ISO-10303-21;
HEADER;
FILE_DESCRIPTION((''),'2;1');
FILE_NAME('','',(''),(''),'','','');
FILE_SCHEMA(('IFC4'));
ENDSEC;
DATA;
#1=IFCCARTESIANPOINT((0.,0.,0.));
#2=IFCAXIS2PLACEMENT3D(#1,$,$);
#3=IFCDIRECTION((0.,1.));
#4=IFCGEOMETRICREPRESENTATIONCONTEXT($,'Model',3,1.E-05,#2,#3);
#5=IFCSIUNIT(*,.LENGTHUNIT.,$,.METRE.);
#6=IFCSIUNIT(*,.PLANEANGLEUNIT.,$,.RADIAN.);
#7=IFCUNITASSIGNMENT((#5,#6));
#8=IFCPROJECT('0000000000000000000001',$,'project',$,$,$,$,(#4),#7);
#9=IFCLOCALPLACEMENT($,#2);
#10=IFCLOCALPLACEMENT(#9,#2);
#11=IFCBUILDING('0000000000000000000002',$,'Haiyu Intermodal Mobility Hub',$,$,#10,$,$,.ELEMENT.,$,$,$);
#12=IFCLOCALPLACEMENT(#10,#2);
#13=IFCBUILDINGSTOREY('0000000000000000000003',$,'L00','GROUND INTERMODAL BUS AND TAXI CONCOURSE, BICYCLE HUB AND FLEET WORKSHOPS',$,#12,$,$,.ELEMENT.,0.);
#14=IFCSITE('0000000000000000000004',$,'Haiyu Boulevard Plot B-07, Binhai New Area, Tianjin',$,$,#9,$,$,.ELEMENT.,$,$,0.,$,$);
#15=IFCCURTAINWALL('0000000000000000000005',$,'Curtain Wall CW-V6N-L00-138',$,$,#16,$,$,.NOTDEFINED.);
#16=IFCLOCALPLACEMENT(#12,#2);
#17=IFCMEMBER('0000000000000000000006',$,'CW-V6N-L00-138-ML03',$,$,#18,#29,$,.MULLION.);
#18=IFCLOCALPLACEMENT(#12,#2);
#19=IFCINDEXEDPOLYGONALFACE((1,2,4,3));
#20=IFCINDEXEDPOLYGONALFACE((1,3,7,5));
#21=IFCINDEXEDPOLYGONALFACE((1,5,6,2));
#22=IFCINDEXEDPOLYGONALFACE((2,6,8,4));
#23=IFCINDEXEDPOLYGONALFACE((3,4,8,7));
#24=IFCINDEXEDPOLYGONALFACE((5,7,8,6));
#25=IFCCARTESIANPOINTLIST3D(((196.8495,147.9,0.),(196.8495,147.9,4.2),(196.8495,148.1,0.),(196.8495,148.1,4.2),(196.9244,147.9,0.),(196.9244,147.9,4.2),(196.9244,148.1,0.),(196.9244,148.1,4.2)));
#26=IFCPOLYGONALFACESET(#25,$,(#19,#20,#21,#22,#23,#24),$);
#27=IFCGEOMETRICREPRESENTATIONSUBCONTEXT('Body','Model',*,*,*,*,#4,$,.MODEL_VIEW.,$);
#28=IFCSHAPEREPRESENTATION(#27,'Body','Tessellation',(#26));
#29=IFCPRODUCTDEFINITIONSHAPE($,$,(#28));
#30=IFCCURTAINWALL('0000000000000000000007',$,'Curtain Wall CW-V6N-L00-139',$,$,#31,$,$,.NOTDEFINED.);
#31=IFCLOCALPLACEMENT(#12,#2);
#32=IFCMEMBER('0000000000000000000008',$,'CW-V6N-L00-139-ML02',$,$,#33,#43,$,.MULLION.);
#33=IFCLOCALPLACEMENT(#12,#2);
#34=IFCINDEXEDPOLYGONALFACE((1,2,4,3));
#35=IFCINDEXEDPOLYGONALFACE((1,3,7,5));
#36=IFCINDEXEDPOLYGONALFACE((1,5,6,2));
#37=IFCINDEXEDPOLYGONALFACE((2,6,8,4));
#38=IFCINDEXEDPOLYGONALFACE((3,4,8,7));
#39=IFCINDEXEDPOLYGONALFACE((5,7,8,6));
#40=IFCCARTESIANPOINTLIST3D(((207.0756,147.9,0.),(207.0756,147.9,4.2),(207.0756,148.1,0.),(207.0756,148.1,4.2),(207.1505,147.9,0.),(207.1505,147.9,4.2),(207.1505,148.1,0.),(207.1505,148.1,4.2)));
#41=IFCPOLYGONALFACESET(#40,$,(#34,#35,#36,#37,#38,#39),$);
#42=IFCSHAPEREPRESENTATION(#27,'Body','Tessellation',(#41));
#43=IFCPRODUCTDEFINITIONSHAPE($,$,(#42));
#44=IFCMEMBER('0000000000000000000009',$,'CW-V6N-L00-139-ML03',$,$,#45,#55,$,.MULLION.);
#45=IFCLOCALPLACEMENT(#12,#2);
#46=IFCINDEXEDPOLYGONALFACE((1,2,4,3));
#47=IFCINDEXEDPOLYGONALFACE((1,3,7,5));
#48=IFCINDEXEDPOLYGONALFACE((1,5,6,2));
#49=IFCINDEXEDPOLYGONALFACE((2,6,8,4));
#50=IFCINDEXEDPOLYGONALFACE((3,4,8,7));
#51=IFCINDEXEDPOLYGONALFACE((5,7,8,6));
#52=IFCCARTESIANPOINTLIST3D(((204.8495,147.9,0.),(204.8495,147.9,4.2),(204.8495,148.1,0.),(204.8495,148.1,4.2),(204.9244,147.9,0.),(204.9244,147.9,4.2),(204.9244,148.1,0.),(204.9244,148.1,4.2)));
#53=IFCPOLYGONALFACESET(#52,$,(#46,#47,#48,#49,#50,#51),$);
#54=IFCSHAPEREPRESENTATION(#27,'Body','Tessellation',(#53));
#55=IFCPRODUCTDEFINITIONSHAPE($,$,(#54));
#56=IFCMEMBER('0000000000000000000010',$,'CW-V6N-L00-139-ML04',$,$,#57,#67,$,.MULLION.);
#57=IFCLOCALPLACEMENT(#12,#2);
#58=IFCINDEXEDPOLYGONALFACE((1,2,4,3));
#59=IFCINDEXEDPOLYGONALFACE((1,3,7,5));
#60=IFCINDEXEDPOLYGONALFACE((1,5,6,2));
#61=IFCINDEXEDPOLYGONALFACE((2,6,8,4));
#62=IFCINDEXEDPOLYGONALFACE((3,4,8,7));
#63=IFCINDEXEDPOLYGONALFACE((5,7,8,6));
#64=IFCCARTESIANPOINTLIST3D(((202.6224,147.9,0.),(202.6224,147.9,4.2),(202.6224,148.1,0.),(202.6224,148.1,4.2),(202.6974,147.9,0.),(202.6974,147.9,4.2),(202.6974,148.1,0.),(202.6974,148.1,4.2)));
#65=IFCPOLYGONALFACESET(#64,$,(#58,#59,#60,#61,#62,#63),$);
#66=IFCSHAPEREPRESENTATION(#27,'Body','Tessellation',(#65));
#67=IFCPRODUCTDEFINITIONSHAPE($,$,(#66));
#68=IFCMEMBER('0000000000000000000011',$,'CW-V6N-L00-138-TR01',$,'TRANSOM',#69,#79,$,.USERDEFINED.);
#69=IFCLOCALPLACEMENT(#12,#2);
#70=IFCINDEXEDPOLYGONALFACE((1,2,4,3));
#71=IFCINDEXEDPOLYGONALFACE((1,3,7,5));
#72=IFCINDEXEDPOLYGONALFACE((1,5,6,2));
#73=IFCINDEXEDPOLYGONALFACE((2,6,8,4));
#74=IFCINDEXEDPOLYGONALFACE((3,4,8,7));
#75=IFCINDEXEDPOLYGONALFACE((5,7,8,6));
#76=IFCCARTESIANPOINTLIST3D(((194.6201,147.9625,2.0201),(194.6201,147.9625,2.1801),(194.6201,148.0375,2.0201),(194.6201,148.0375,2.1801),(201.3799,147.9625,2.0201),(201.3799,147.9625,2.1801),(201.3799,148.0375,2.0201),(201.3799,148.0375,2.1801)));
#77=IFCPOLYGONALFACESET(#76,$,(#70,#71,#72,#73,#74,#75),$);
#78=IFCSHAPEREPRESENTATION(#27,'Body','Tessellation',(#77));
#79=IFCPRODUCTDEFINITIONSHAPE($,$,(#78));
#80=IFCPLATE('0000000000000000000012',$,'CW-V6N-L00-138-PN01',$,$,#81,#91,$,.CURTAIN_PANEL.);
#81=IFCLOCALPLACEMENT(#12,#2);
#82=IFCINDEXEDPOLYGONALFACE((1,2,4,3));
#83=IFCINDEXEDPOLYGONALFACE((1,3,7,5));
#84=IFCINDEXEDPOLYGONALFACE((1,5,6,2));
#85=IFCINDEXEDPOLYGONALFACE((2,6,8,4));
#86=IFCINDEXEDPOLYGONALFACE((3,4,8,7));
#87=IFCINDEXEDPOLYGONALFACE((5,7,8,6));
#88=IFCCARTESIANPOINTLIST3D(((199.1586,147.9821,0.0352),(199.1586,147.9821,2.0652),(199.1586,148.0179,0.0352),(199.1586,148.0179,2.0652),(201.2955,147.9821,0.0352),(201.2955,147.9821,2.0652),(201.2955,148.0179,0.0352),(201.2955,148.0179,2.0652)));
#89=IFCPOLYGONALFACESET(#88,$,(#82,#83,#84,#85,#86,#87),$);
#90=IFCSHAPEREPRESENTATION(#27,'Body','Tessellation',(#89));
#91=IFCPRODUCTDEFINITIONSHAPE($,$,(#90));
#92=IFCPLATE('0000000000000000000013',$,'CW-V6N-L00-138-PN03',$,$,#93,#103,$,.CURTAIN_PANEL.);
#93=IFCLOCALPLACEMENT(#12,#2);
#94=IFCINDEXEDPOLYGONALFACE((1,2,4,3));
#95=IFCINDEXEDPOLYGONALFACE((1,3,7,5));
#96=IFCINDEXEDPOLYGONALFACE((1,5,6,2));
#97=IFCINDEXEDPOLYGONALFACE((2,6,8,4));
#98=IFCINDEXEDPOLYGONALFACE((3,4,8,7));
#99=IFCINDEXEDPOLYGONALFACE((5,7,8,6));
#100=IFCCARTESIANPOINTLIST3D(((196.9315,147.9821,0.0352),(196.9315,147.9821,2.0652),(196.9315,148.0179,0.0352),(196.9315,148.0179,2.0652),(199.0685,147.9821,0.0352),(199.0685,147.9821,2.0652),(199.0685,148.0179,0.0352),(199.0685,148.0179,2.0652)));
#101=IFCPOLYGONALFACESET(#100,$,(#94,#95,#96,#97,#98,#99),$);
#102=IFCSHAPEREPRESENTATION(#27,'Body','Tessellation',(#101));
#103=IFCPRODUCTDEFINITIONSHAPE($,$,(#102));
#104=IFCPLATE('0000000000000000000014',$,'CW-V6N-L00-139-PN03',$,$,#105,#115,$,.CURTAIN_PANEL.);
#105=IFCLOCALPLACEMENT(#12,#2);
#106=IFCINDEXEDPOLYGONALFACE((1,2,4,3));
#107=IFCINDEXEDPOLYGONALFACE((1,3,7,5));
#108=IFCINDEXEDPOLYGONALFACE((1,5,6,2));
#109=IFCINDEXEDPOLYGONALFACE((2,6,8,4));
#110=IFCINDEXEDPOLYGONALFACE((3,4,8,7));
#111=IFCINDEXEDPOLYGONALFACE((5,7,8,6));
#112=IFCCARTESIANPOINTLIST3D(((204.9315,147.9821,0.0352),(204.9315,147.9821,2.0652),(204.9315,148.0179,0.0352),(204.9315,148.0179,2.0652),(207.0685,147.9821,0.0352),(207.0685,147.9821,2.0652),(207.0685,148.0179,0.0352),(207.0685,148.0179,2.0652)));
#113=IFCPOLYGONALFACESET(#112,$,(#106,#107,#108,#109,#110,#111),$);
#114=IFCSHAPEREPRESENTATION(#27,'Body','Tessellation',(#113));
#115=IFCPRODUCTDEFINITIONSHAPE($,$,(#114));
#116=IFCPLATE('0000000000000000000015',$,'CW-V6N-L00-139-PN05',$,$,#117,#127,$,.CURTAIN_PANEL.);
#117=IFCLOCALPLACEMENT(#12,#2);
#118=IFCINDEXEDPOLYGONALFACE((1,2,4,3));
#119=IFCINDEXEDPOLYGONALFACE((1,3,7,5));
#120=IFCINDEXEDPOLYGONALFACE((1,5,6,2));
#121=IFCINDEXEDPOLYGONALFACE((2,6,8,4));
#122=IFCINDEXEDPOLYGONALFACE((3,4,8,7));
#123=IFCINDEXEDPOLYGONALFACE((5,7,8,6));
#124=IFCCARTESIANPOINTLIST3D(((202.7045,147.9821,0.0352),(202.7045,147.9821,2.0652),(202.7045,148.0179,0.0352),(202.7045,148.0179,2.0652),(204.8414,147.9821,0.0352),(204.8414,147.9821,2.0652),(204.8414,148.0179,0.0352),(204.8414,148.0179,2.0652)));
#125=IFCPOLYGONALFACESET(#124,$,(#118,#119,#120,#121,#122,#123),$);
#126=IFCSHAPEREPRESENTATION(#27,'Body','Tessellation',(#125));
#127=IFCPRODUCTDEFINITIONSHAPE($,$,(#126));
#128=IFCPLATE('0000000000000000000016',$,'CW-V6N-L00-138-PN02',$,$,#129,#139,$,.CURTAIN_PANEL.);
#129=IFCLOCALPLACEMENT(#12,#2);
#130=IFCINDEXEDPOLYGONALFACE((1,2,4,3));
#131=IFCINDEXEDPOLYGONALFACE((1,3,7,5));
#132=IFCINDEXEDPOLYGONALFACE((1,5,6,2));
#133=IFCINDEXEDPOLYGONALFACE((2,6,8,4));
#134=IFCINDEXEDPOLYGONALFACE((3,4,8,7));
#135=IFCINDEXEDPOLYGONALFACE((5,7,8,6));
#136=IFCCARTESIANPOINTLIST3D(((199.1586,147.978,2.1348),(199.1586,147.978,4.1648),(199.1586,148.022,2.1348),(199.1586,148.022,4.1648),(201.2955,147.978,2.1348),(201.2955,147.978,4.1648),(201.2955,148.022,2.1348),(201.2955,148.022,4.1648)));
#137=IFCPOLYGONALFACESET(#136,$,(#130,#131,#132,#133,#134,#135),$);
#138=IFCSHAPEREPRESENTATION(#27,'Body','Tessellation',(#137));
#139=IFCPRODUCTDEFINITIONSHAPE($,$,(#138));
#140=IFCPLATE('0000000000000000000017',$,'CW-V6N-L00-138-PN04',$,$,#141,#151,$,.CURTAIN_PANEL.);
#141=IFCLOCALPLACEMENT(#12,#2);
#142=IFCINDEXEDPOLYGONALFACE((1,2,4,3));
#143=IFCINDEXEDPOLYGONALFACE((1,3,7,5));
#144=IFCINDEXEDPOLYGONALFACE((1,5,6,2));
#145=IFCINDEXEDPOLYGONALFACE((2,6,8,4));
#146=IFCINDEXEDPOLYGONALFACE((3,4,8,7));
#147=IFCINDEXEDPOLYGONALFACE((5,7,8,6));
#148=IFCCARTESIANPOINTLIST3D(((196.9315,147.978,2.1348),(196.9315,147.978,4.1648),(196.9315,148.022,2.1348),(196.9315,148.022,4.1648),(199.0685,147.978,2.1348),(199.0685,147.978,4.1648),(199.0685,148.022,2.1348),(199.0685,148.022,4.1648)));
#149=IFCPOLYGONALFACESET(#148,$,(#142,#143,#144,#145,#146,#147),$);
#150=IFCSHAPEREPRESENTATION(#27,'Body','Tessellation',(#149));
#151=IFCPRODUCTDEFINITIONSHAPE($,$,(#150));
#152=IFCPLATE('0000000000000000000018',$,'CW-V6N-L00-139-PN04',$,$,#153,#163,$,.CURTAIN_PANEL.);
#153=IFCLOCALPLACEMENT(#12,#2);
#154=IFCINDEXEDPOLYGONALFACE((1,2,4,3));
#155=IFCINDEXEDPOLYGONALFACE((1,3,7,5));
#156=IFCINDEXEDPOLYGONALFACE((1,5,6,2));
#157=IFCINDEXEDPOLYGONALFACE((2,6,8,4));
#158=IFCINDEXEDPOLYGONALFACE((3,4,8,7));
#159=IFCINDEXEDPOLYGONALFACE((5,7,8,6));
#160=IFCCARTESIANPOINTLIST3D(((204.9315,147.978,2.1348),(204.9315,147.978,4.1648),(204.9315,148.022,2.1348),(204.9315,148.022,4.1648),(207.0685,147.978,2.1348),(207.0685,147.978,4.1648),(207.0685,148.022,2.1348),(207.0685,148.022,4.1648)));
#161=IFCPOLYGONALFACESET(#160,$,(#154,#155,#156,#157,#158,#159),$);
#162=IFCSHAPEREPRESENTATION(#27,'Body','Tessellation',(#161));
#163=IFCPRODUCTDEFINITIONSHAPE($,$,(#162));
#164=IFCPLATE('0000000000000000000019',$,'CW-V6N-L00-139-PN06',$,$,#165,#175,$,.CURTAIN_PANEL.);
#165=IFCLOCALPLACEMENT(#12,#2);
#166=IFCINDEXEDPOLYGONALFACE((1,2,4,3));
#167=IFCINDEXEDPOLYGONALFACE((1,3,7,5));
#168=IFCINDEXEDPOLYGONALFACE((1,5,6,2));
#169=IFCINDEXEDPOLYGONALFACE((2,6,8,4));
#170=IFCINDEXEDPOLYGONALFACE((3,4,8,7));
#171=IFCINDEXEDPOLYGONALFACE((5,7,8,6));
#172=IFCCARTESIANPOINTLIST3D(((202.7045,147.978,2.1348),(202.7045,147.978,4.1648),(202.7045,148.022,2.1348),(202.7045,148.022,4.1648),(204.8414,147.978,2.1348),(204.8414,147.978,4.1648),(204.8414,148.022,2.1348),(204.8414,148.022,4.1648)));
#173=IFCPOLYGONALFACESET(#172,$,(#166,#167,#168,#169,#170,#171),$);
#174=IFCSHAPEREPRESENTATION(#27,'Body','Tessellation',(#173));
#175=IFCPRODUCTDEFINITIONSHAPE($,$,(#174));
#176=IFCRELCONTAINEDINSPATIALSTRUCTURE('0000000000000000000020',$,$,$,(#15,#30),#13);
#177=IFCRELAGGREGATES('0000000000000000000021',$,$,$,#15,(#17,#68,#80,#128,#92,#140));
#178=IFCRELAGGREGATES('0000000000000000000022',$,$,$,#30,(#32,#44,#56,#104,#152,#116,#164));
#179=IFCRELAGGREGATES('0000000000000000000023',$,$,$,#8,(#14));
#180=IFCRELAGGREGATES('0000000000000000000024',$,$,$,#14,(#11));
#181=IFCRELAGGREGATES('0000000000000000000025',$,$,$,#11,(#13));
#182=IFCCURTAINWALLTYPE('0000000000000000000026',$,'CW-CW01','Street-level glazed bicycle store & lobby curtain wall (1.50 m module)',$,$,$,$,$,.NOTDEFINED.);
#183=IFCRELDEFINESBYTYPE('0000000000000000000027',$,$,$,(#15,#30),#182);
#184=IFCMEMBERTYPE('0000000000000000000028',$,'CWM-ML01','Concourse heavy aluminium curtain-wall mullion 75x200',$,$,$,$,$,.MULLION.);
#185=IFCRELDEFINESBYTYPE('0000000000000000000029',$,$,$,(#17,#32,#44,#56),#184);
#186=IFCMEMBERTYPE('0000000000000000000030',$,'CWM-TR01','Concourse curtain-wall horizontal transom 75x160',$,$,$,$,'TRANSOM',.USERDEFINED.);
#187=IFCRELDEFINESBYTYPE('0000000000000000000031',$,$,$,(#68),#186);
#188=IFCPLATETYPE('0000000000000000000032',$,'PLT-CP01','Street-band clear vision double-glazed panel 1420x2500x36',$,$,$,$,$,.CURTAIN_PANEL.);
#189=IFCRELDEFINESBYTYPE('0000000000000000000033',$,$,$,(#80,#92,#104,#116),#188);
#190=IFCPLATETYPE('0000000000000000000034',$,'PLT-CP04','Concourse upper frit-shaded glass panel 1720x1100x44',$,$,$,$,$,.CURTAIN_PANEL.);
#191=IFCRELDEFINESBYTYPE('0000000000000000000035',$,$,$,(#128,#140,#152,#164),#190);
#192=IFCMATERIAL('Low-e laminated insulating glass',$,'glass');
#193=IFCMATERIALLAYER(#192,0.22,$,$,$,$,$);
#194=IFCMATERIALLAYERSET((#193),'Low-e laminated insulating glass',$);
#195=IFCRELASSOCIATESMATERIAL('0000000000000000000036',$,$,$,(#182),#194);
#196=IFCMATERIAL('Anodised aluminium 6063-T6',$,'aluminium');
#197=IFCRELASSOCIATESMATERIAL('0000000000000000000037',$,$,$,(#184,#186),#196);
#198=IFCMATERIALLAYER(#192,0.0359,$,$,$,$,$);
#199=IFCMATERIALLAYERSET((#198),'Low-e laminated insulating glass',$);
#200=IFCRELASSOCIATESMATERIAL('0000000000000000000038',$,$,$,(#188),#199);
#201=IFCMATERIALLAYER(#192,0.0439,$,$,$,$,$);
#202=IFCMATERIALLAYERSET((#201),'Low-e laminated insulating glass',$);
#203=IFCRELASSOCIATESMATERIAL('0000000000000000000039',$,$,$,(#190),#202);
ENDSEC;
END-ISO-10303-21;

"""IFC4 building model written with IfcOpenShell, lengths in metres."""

from ifc_helpers import new_model, si_unit, direction, frame, origin, origin_2d, place, context, subcontext, project, spatial, rectangle, extrude, material, layer, layer_set, material_profile, profile_set, type_object, element, aggregate, save


model = new_model("IFC4")

# Units and contexts
model_context = context("Model", 3, precision=1e-05, world=origin(), true_north=direction((0.0, 1.0)))
body_context = subcontext(model_context, "Body", "Model", "MODEL_VIEW")
ifc_project = project(units=[si_unit("LENGTHUNIT", "METRE"), si_unit("PLANEANGLEUNIT", "RADIAN")], contexts=[model_context])

# Site, building, storey
site_placement = place(None, origin())
site = spatial("IfcSite", under=ifc_project, at=site_placement, Name="Haiyu Boulevard Plot B-07, Binhai New Area, Tianjin", CompositionType="ELEMENT", RefElevation=0.0)
building_placement = place(site_placement, origin())
building = spatial("IfcBuilding", under=site, at=building_placement, Name="Haiyu Intermodal Mobility Hub", CompositionType="ELEMENT")
storey_placement = place(building_placement, origin())
storey = spatial("IfcBuildingStorey", under=building, at=storey_placement, Name="L00", Description="GROUND INTERMODAL BUS AND TAXI CONCOURSE, BICYCLE HUB AND FLEET WORKSHOPS", CompositionType="ELEMENT", Elevation=0.0)

# Curtain walls, members
ifc_material_1 = material(Name="Low-e laminated insulating glass", Category="glass")
ifc_layer_1 = layer(ifc_material_1, 0.22)
ifc_layer_set_1 = layer_set([ifc_layer_1], Name="Low-e laminated insulating glass")
curtain_wall_type = type_object("IfcCurtainWallType", Name="CW-CW01", Description="Street-level glazed bicycle store & lobby curtain wall (1.50 m module)", PredefinedType="NOTDEFINED", material=ifc_layer_set_1)
curtain_wall_1_placement = place(storey_placement, origin())
curtain_wall_1 = element("IfcCurtainWall", 1, at=curtain_wall_1_placement, inside=storey, type_object=curtain_wall_type, Name="Curtain Wall CW-V6N-L00-138", PredefinedType="NOTDEFINED")
ifc_material_2 = material(Name="Anodised aluminium 6063-T6", Category="aluminium")
ifc_material_profile_1 = material_profile(ifc_material_2, rectangle(XDim=0.075, YDim=0.2, at=origin_2d()), Name="ALU75x200")
ifc_profile_set_1 = profile_set([ifc_material_profile_1], Name="Anodised aluminium 6063-T6")
member_type_1 = type_object("IfcMemberType", Name="CWM-ML01", Description="Concourse heavy aluminium curtain-wall mullion 75x200", PredefinedType="MULLION", material=ifc_profile_set_1)
member_1_placement = place(storey_placement, frame((196.887, 148.0, 0.0), z_axis=(0.0, 0.0, 1.0), x_axis=(1.0, 0.0, 0.0)))
member_1 = element("IfcMember", 2, at=member_1_placement, type_object=member_type_1, Name="CW-V6N-L00-138-ML03", PredefinedType="MULLION", context=body_context, shape_type="SweptSolid", body=[
    extrude(rectangle(XDim=0.075, YDim=0.2, at=origin_2d()), origin(), (0.0, 0.0, 1.0), 4.2),
])
curtain_wall_2_placement = place(storey_placement, origin())
curtain_wall_2 = element("IfcCurtainWall", 3, at=curtain_wall_2_placement, inside=storey, type_object=curtain_wall_type, Name="Curtain Wall CW-V6N-L00-139", PredefinedType="NOTDEFINED")
member_2_placement = place(storey_placement, frame((207.113, 148.0, 0.0), z_axis=(0.0, 0.0, 1.0), x_axis=(1.0, 0.0, 0.0)))
member_2 = element("IfcMember", 4, at=member_2_placement, type_object=member_type_1, Name="CW-V6N-L00-139-ML02", PredefinedType="MULLION", context=body_context, shape_type="SweptSolid", body=[
    extrude(rectangle(XDim=0.075, YDim=0.2, at=origin_2d()), origin(), (0.0, 0.0, 1.0), 4.2),
])
member_3_placement = place(storey_placement, frame((204.887, 148.0, 0.0), z_axis=(0.0, 0.0, 1.0), x_axis=(1.0, 0.0, 0.0)))
member_3 = element("IfcMember", 5, at=member_3_placement, type_object=member_type_1, Name="CW-V6N-L00-139-ML03", PredefinedType="MULLION", context=body_context, shape_type="SweptSolid", body=[
    extrude(rectangle(XDim=0.075, YDim=0.2, at=origin_2d()), origin(), (0.0, 0.0, 1.0), 4.2),
])
member_4_placement = place(storey_placement, frame((202.6599, 148.0, 0.0), z_axis=(0.0, 0.0, 1.0), x_axis=(1.0, 0.0, 0.0)))
member_4 = element("IfcMember", 6, at=member_4_placement, type_object=member_type_1, Name="CW-V6N-L00-139-ML04", PredefinedType="MULLION", context=body_context, shape_type="SweptSolid", body=[
    extrude(rectangle(XDim=0.075, YDim=0.2, at=origin_2d()), origin(), (0.0, 0.0, 1.0), 4.2),
])

# Member
ifc_material_profile_2 = material_profile(ifc_material_2, rectangle(XDim=0.075, YDim=0.1599, at=origin_2d()), Name="ALU75x160")
ifc_profile_set_2 = profile_set([ifc_material_profile_2], Name="Anodised aluminium 6063-T6")
member_type_2 = type_object("IfcMemberType", Name="CWM-TR01", Description="Concourse curtain-wall horizontal transom 75x160", ElementType="TRANSOM", PredefinedType="USERDEFINED", material=ifc_profile_set_2)
member_5_placement = place(storey_placement, frame((201.3799, 148.0, 2.1001), z_axis=(-1.0, 0.0, 0.0), x_axis=(0.0, -1.0, 0.0)))
member_5 = element("IfcMember", 7, at=member_5_placement, type_object=member_type_2, Name="CW-V6N-L00-138-TR01", ObjectType="TRANSOM", PredefinedType="USERDEFINED", context=body_context, shape_type="SweptSolid", body=[
    extrude(rectangle(XDim=0.075, YDim=0.1599, at=origin_2d()), origin(), (0.0, 0.0, 1.0), 6.7598),
])

# Plates
ifc_layer_2 = layer(ifc_material_1, 0.0359)
ifc_layer_set_2 = layer_set([ifc_layer_2], Name="Low-e laminated insulating glass")
plate_type_1 = type_object("IfcPlateType", Name="PLT-CP01", Description="Street-band clear vision double-glazed panel 1420x2500x36", PredefinedType="CURTAIN_PANEL", material=ifc_layer_set_2)
plate_1_placement = place(storey_placement, frame((200.2271, 148.0, 0.0352), z_axis=(0.0, 0.0, 1.0), x_axis=(-1.0, 0.0, 0.0)))
plate_1 = element("IfcPlate", 8, at=plate_1_placement, type_object=plate_type_1, Name="CW-V6N-L00-138-PN01", PredefinedType="CURTAIN_PANEL", context=body_context, shape_type="SweptSolid", body=[
    extrude(rectangle(XDim=2.137, YDim=0.0359, at=origin_2d()), origin(), (0.0, 0.0, 1.0), 2.03),
])
plate_2_placement = place(storey_placement, frame((198.0, 148.0, 0.0352), z_axis=(0.0, 0.0, 1.0), x_axis=(-1.0, 0.0, 0.0)))
plate_2 = element("IfcPlate", 9, at=plate_2_placement, type_object=plate_type_1, Name="CW-V6N-L00-138-PN03", PredefinedType="CURTAIN_PANEL", context=body_context, shape_type="SweptSolid", body=[
    extrude(rectangle(XDim=2.137, YDim=0.0359, at=origin_2d()), origin(), (0.0, 0.0, 1.0), 2.03),
])
plate_3_placement = place(storey_placement, frame((206.0, 148.0, 0.0352), z_axis=(0.0, 0.0, 1.0), x_axis=(-1.0, 0.0, 0.0)))
plate_3 = element("IfcPlate", 10, at=plate_3_placement, type_object=plate_type_1, Name="CW-V6N-L00-139-PN03", PredefinedType="CURTAIN_PANEL", context=body_context, shape_type="SweptSolid", body=[
    extrude(rectangle(XDim=2.137, YDim=0.0359, at=origin_2d()), origin(), (0.0, 0.0, 1.0), 2.03),
])
plate_4_placement = place(storey_placement, frame((203.7729, 148.0, 0.0352), z_axis=(0.0, 0.0, 1.0), x_axis=(-1.0, 0.0, 0.0)))
plate_4 = element("IfcPlate", 11, at=plate_4_placement, type_object=plate_type_1, Name="CW-V6N-L00-139-PN05", PredefinedType="CURTAIN_PANEL", context=body_context, shape_type="SweptSolid", body=[
    extrude(rectangle(XDim=2.137, YDim=0.0359, at=origin_2d()), origin(), (0.0, 0.0, 1.0), 2.03),
])
ifc_layer_3 = layer(ifc_material_1, 0.0439)
ifc_layer_set_3 = layer_set([ifc_layer_3], Name="Low-e laminated insulating glass")
plate_type_2 = type_object("IfcPlateType", Name="PLT-CP04", Description="Concourse upper frit-shaded glass panel 1720x1100x44", PredefinedType="CURTAIN_PANEL", material=ifc_layer_set_3)
plate_5_placement = place(storey_placement, frame((200.2271, 148.0, 2.1348), z_axis=(0.0, 0.0, 1.0), x_axis=(-1.0, 0.0, 0.0)))
plate_5 = element("IfcPlate", 12, at=plate_5_placement, type_object=plate_type_2, Name="CW-V6N-L00-138-PN02", PredefinedType="CURTAIN_PANEL", context=body_context, shape_type="SweptSolid", body=[
    extrude(rectangle(XDim=2.137, YDim=0.0439, at=origin_2d()), origin(), (0.0, 0.0, 1.0), 2.03),
])
plate_6_placement = place(storey_placement, frame((198.0, 148.0, 2.1348), z_axis=(0.0, 0.0, 1.0), x_axis=(-1.0, 0.0, 0.0)))
plate_6 = element("IfcPlate", 13, at=plate_6_placement, type_object=plate_type_2, Name="CW-V6N-L00-138-PN04", PredefinedType="CURTAIN_PANEL", context=body_context, shape_type="SweptSolid", body=[
    extrude(rectangle(XDim=2.137, YDim=0.0439, at=origin_2d()), origin(), (0.0, 0.0, 1.0), 2.03),
])
aggregate(curtain_wall_1, [member_1, member_5, plate_1, plate_5, plate_2, plate_6])
plate_7_placement = place(storey_placement, frame((206.0, 148.0, 2.1348), z_axis=(0.0, 0.0, 1.0), x_axis=(-1.0, 0.0, 0.0)))
plate_7 = element("IfcPlate", 14, at=plate_7_placement, type_object=plate_type_2, Name="CW-V6N-L00-139-PN04", PredefinedType="CURTAIN_PANEL", context=body_context, shape_type="SweptSolid", body=[
    extrude(rectangle(XDim=2.137, YDim=0.0439, at=origin_2d()), origin(), (0.0, 0.0, 1.0), 2.03),
])
plate_8_placement = place(storey_placement, frame((203.7729, 148.0, 2.1348), z_axis=(0.0, 0.0, 1.0), x_axis=(-1.0, 0.0, 0.0)))
plate_8 = element("IfcPlate", 15, at=plate_8_placement, type_object=plate_type_2, Name="CW-V6N-L00-139-PN06", PredefinedType="CURTAIN_PANEL", context=body_context, shape_type="SweptSolid", body=[
    extrude(rectangle(XDim=2.137, YDim=0.0439, at=origin_2d()), origin(), (0.0, 0.0, 1.0), 2.03),
])
aggregate(curtain_wall_2, [member_2, member_3, member_4, plate_3, plate_7, plate_4, plate_8])

save(model, "model.ifc")
